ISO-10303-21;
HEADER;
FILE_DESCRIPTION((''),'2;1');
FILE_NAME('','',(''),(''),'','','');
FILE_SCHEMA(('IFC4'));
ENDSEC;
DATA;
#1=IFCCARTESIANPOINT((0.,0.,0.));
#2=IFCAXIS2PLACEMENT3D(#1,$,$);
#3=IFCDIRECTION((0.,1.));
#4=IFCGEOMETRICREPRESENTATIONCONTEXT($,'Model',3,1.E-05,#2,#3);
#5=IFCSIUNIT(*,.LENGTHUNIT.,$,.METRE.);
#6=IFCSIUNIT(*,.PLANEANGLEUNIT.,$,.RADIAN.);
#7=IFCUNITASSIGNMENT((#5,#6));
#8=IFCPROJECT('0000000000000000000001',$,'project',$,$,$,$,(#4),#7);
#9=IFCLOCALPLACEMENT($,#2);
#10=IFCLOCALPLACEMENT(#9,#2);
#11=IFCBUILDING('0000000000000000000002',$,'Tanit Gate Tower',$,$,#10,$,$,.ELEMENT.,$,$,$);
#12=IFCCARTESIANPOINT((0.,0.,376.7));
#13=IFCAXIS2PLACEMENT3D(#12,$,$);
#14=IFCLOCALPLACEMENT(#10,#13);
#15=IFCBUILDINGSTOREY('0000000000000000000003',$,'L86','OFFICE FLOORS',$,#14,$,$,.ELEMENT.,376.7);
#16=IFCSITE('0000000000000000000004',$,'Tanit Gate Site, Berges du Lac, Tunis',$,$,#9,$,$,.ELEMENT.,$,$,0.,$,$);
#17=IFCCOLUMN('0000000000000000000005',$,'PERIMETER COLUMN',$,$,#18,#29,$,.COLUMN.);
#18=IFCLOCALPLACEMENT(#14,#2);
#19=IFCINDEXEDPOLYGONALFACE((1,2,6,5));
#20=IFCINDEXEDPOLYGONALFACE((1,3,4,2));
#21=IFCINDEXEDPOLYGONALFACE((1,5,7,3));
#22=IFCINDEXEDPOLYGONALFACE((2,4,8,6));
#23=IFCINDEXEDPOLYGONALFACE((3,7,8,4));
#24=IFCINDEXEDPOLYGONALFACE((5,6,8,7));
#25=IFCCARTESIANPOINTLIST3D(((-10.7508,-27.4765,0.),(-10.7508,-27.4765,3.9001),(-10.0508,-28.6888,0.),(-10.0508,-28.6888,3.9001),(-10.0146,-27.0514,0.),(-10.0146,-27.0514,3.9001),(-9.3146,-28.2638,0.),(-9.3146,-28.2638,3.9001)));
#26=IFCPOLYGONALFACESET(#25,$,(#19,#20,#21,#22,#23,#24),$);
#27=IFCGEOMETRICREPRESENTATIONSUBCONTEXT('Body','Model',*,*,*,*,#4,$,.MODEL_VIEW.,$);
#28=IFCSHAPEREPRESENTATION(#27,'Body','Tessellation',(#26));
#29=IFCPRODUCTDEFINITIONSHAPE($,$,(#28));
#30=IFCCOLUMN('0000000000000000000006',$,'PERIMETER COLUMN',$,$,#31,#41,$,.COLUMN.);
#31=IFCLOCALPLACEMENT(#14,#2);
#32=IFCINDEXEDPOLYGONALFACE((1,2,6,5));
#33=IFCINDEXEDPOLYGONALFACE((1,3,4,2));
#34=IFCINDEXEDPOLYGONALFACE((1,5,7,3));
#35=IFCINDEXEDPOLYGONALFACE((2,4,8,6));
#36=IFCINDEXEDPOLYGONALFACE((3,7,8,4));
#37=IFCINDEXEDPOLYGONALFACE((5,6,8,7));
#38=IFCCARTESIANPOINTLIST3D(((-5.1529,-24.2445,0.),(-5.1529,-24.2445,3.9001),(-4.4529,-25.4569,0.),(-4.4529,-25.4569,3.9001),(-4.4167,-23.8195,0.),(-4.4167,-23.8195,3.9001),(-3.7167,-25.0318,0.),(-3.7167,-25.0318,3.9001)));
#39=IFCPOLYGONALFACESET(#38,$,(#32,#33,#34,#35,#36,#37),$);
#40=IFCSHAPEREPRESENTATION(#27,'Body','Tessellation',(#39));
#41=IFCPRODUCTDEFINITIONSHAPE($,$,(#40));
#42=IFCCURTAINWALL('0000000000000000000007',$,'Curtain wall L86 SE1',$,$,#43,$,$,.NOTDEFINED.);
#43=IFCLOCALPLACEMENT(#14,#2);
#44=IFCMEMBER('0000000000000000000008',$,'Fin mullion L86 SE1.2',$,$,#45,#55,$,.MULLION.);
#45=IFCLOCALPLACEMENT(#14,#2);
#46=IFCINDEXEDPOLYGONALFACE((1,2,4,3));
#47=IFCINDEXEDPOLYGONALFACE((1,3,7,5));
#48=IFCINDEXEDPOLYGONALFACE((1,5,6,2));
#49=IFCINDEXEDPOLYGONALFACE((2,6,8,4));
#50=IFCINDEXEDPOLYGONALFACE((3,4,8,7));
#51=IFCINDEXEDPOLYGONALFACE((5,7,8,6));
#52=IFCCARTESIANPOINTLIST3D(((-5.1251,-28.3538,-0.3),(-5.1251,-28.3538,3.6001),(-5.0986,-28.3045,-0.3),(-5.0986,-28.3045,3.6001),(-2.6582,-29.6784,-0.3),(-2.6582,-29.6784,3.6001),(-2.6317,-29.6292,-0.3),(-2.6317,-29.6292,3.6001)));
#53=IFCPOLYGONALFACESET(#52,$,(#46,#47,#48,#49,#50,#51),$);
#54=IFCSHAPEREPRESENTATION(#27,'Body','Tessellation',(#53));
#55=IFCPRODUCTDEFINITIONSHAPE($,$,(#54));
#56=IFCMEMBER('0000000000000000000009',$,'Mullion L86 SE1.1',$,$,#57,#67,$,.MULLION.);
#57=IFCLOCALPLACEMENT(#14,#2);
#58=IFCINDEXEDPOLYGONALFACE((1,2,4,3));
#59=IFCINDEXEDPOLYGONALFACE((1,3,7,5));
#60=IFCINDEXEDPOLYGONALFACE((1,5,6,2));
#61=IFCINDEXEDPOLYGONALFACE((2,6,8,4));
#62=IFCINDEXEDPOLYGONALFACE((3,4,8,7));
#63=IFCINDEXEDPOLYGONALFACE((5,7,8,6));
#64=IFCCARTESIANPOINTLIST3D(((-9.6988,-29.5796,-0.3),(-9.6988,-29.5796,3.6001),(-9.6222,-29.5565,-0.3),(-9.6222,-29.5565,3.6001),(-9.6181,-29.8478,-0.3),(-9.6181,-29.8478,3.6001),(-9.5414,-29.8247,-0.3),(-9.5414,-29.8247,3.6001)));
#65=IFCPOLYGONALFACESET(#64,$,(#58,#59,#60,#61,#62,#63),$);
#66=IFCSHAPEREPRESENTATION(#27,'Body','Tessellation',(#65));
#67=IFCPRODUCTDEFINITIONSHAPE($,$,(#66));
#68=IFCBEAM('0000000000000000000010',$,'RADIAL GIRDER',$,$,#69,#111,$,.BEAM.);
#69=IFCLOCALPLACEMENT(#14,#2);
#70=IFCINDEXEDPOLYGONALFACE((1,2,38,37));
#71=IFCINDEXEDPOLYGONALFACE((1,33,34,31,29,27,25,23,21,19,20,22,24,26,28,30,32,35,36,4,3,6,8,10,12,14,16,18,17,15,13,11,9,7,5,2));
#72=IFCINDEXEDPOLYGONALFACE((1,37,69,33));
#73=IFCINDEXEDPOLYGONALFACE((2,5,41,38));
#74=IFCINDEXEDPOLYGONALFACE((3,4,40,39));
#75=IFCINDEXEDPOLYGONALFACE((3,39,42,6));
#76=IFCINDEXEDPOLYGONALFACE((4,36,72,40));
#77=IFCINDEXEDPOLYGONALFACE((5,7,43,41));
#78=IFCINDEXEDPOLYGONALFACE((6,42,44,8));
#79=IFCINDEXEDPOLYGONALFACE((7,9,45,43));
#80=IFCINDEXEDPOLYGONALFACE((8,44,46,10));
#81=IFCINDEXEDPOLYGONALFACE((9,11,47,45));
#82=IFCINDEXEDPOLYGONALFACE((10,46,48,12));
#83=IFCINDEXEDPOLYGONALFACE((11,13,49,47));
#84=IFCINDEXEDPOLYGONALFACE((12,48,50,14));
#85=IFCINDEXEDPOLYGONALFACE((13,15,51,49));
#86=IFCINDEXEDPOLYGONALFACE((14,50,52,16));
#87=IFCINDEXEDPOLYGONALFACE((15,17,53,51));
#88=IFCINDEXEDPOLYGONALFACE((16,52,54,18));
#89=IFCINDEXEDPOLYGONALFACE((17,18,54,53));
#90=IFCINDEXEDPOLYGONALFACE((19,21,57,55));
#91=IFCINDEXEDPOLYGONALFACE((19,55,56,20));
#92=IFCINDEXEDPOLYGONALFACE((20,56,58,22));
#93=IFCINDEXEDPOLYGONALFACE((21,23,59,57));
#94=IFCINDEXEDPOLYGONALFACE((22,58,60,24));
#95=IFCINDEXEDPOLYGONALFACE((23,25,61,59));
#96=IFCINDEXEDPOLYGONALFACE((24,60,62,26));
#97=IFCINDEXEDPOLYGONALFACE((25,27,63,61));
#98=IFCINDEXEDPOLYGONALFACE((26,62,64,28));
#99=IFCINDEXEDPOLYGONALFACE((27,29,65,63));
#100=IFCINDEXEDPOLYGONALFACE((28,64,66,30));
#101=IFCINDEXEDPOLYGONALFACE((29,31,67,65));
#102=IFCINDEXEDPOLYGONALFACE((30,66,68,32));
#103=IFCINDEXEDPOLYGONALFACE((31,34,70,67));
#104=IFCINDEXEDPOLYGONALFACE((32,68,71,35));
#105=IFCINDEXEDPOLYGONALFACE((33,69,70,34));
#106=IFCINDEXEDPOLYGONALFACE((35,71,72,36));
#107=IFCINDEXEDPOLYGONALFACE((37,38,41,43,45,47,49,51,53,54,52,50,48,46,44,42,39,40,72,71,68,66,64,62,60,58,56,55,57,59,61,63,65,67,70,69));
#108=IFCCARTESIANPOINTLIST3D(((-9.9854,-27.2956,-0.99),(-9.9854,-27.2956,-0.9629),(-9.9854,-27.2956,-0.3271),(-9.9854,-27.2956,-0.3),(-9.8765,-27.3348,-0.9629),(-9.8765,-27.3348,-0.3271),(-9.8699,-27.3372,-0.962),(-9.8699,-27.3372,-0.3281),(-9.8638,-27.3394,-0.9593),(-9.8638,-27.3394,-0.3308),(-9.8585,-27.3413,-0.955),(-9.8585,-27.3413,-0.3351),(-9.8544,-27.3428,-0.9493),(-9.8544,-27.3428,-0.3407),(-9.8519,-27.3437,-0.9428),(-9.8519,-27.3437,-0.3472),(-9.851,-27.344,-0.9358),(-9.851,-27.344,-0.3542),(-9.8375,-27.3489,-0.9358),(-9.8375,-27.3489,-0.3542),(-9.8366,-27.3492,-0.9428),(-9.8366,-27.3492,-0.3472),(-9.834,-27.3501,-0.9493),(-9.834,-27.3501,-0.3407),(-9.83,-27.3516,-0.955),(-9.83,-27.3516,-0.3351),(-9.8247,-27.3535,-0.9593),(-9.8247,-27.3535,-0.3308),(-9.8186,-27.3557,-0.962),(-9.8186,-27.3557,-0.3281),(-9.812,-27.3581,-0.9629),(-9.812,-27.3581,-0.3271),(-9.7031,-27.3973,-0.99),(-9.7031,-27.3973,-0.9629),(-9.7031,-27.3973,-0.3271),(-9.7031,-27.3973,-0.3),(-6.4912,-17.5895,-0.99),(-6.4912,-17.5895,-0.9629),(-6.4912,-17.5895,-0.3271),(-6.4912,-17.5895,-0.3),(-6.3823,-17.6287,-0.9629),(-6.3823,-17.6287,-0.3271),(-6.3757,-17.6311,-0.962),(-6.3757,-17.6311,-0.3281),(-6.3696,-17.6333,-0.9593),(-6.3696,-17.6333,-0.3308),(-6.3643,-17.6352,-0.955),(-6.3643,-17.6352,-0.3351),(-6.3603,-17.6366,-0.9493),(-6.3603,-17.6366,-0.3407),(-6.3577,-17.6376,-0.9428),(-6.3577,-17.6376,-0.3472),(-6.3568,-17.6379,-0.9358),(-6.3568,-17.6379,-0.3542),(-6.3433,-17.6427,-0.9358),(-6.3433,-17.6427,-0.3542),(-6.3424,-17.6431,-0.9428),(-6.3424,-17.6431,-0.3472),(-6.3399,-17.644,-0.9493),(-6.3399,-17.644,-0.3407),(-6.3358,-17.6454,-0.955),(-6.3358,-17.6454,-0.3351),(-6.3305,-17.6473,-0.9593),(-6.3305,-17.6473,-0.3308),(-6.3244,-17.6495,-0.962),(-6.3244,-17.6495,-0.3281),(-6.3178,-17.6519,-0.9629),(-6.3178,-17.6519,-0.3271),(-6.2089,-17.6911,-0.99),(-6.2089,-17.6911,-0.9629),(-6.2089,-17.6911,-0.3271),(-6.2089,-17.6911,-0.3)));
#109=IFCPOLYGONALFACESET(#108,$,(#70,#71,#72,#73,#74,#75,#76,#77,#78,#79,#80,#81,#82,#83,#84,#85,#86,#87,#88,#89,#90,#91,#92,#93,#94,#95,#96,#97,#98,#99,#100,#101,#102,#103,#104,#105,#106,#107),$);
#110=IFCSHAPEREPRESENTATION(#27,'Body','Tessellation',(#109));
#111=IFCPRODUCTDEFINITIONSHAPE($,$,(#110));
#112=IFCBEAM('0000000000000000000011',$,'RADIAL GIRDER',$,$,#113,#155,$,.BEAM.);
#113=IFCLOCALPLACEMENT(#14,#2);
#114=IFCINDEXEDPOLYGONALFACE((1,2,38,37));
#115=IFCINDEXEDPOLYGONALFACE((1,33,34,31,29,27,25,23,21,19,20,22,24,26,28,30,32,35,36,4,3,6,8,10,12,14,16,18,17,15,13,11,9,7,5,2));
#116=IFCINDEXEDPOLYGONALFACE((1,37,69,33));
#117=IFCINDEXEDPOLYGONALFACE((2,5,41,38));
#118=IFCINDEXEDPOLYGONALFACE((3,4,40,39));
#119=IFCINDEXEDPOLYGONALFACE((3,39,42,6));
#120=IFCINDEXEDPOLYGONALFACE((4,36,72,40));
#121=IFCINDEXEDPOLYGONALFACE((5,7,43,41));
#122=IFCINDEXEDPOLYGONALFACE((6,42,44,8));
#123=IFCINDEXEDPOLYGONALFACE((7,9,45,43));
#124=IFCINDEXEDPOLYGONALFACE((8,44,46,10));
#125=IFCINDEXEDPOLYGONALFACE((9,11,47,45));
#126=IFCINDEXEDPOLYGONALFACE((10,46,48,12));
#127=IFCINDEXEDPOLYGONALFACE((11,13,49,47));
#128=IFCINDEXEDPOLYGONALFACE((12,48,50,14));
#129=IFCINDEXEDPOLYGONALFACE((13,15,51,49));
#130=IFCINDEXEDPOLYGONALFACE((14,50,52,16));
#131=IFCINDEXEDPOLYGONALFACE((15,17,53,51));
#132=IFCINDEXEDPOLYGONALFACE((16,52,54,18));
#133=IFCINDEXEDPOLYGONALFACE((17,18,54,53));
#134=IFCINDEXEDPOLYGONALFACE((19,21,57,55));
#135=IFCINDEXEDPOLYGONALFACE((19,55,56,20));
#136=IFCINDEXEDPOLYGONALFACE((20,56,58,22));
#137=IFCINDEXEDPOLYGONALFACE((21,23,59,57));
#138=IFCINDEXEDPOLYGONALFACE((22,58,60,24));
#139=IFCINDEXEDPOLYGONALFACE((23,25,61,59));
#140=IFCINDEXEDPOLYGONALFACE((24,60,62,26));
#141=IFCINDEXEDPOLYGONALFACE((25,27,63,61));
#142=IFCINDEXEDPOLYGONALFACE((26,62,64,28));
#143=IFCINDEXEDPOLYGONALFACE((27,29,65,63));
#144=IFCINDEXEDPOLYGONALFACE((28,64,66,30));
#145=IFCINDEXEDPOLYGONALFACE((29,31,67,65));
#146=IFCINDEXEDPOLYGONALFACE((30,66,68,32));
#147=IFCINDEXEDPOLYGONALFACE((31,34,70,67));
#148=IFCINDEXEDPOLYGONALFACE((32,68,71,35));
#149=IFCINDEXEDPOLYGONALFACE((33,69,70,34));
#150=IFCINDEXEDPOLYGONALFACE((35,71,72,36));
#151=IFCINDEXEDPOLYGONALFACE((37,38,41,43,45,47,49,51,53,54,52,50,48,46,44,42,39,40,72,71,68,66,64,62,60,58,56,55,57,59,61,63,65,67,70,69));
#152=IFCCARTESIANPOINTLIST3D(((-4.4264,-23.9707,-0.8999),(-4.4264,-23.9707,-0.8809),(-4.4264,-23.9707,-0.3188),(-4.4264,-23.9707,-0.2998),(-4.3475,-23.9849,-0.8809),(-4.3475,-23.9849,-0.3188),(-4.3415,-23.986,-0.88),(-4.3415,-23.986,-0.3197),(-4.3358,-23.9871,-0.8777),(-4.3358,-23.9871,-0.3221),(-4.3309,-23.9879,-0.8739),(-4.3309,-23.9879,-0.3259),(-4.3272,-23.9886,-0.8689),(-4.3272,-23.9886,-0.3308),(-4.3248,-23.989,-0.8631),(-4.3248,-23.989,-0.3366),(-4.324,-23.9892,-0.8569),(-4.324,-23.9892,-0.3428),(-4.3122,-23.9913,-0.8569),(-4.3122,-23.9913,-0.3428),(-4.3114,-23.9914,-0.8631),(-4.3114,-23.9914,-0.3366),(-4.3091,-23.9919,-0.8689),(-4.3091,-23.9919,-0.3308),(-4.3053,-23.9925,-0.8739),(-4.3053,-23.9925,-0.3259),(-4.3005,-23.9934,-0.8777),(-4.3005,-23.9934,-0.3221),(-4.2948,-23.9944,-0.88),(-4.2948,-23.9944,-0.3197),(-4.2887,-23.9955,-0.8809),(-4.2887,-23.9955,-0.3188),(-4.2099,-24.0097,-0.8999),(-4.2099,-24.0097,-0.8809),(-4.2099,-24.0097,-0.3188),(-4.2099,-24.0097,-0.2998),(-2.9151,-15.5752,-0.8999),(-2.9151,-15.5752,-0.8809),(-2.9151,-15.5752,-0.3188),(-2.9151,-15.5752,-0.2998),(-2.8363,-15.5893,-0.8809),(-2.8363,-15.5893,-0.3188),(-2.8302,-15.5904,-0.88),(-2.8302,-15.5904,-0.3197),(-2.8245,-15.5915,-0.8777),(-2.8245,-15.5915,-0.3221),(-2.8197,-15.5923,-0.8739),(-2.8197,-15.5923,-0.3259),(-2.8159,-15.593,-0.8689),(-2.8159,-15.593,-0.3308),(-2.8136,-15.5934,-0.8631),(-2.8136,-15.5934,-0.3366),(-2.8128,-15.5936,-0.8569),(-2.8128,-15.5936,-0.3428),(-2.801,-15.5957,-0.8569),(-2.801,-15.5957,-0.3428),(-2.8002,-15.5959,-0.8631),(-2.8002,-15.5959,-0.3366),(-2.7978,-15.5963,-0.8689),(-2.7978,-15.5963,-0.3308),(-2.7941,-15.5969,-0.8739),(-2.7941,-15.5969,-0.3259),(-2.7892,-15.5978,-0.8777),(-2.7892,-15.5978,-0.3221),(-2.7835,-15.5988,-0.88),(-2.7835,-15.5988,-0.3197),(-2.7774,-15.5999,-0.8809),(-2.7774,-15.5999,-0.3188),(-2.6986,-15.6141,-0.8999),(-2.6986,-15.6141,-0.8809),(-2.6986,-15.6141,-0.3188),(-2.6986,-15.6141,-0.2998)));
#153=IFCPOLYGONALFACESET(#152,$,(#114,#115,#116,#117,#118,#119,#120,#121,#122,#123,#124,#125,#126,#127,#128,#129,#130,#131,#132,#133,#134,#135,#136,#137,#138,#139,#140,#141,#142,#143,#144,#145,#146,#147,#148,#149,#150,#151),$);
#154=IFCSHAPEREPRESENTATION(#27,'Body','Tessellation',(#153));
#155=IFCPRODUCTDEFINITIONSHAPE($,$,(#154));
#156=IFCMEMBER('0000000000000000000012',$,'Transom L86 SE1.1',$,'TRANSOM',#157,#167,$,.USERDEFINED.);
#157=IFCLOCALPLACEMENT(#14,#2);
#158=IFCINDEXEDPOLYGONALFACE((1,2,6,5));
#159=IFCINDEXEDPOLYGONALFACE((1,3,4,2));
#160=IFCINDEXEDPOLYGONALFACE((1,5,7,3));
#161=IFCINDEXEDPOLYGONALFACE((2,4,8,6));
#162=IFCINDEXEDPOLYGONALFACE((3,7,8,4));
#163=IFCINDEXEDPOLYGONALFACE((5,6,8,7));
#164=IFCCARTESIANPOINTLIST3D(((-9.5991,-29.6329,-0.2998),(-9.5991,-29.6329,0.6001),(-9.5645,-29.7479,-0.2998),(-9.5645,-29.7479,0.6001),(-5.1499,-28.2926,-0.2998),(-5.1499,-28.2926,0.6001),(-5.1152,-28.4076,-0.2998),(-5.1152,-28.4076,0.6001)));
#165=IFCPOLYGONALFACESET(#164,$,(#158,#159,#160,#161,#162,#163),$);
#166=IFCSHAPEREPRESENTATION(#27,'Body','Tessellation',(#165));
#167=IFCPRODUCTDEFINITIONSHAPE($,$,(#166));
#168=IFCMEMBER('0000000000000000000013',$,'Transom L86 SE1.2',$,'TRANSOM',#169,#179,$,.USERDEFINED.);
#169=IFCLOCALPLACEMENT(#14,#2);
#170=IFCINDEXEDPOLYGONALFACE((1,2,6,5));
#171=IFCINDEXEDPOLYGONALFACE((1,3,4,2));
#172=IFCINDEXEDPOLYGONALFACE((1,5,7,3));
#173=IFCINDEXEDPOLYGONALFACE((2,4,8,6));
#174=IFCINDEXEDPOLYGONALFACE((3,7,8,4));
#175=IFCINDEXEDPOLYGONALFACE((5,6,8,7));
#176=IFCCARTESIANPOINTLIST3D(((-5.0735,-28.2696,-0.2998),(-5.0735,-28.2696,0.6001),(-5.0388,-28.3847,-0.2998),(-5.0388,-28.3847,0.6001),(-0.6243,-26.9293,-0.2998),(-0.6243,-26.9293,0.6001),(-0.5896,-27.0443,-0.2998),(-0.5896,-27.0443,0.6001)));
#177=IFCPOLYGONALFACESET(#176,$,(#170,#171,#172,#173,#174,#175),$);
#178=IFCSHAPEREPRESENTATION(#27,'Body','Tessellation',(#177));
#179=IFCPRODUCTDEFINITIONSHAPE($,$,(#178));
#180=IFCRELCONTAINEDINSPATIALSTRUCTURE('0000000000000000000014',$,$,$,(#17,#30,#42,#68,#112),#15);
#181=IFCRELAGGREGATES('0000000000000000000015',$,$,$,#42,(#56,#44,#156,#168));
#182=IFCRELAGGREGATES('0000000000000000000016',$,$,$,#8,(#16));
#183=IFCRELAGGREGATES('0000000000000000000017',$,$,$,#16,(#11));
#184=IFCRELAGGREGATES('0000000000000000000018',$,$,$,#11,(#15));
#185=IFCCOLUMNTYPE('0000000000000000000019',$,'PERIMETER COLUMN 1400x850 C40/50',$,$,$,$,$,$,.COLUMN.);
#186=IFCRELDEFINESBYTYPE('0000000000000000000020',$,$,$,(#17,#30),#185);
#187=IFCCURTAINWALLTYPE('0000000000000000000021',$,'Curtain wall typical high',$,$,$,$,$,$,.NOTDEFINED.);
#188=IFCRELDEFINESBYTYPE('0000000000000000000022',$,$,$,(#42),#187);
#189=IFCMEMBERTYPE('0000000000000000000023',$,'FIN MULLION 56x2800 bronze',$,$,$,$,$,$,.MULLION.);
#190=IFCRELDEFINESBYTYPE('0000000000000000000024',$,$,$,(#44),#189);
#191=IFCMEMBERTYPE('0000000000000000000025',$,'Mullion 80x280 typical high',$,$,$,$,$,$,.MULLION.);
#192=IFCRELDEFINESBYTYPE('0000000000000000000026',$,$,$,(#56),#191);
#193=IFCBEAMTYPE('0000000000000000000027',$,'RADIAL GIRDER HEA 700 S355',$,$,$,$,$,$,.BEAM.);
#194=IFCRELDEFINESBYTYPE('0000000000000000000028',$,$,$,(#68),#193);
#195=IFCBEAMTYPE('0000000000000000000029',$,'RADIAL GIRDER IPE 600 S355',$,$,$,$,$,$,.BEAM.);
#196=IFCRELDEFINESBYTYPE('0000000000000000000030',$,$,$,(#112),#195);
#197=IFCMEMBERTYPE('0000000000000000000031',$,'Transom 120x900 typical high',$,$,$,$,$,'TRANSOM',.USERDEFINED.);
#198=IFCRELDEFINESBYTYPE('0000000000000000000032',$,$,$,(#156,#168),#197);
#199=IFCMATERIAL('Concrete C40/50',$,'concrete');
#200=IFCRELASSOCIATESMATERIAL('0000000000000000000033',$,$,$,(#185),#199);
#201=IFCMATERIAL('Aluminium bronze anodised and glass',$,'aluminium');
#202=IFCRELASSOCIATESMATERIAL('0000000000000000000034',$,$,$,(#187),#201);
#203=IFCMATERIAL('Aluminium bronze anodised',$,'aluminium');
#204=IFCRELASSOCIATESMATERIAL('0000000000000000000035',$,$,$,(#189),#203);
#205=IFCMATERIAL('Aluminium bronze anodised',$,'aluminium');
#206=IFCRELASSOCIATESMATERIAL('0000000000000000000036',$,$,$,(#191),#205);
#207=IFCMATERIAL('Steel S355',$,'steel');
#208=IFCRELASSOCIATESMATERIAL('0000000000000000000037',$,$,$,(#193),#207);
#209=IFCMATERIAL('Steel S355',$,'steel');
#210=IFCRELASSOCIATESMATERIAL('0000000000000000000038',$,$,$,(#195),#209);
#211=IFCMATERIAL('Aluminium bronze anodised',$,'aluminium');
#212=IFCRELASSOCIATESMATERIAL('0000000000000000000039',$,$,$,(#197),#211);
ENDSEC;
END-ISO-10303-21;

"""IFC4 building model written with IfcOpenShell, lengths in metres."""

from ifc_helpers import new_model, si_unit, direction, frame, origin, origin_2d, place, context, subcontext, project, spatial, rectangle, i_section, extrude, material, material_profile, profile_set, type_object, element, aggregate, save


model = new_model("IFC4")

# Units and contexts
model_context = context("Model", 3, precision=1e-05, world=origin(), true_north=direction((0.0, 1.0)))
body_context = subcontext(model_context, "Body", "Model", "MODEL_VIEW")
ifc_project = project(units=[si_unit("LENGTHUNIT", "METRE"), si_unit("PLANEANGLEUNIT", "RADIAN")], contexts=[model_context])

# Site, building, storey
site_placement = place(None, origin())
site = spatial("IfcSite", under=ifc_project, at=site_placement, Name="Tanit Gate Site, Berges du Lac, Tunis", CompositionType="ELEMENT", RefElevation=0.0)
building_placement = place(site_placement, origin())
building = spatial("IfcBuilding", under=site, at=building_placement, Name="Tanit Gate Tower", CompositionType="ELEMENT")
storey_placement = place(building_placement, frame((0.0, 0.0, 376.7)))
storey = spatial("IfcBuildingStorey", under=building, at=storey_placement, Name="L86", Description="OFFICE FLOORS", CompositionType="ELEMENT", Elevation=376.7)

# Columns
ifc_material_1 = material(Name="Concrete C40/50", Category="concrete")
ifc_material_profile_1 = material_profile(ifc_material_1, rectangle(XDim=1.3999, YDim=0.8501, at=origin_2d()), Name="RC 1400x850")
ifc_profile_set_1 = profile_set([ifc_material_profile_1], Name="Concrete C40/50")
column_type = type_object("IfcColumnType", Name="PERIMETER COLUMN 1400x850 C40/50", PredefinedType="COLUMN", material=ifc_profile_set_1)
for number, where, z_axis, x_axis, name in (
    (1, (-10.0327, -27.8701, 0.0), (0.0, 0.0, 1.0), (0.5, -0.866025, 0.0), "PERIMETER COLUMN"),
    (2, (-4.4348, -24.6382, 0.0), (0.0, 0.0, 1.0), (0.5, -0.866025, 0.0), "PERIMETER COLUMN"),
):
    element("IfcColumn", number, at=place(storey_placement, frame(where, z_axis=z_axis, x_axis=x_axis)), inside=storey, type_object=column_type, Name=name, PredefinedType="COLUMN", context=body_context, shape_type="SweptSolid", body=[
        extrude(rectangle(XDim=1.3999, YDim=0.8501, at=origin_2d()), origin(), (0.0, 0.0, 1.0), 3.9001),
    ])

# Curtain wall, members
ifc_material_2 = material(Name="Aluminium bronze anodised and glass", Category="aluminium")
curtain_wall_type = type_object("IfcCurtainWallType", Name="Curtain wall typical high", PredefinedType="NOTDEFINED", material=ifc_material_2)
curtain_wall_placement = place(storey_placement, origin())
curtain_wall = element("IfcCurtainWall", 3, at=curtain_wall_placement, inside=storey, type_object=curtain_wall_type, Name="Curtain wall L86 SE1", PredefinedType="NOTDEFINED")
ifc_material_3 = material(Name="Aluminium bronze anodised", Category="aluminium")
ifc_material_profile_2 = material_profile(ifc_material_3, rectangle(XDim=2.8, YDim=0.0559, at=origin_2d()), Name="56x2800 bronze fin mullion")
ifc_profile_set_2 = profile_set([ifc_material_profile_2], Name="Aluminium bronze anodised")
member_type_1 = type_object("IfcMemberType", Name="FIN MULLION 56x2800 bronze", PredefinedType="MULLION", material=ifc_profile_set_2)
member_1_placement = place(storey_placement, frame((-3.8784, -28.9915, -0.3), z_axis=(0.0, 0.0, 1.0), x_axis=(-0.881019, 0.47308, 0.0)))
member_1 = element("IfcMember", 4, at=member_1_placement, type_object=member_type_1, Name="Fin mullion L86 SE1.2", PredefinedType="MULLION", context=body_context, shape_type="SweptSolid", body=[
    extrude(rectangle(XDim=2.8, YDim=0.0559, at=origin_2d()), origin(), (0.0, 0.0, 1.0), 3.9001),
])
ifc_material_4 = material(Name="Aluminium bronze anodised", Category="aluminium")
ifc_material_profile_3 = material_profile(ifc_material_4, rectangle(XDim=0.28, YDim=0.0801, at=origin_2d()), Name="80x280 bronze mullion")
ifc_profile_set_3 = profile_set([ifc_material_profile_3], Name="Aluminium bronze anodised")
member_type_2 = type_object("IfcMemberType", Name="Mullion 80x280 typical high", PredefinedType="MULLION", material=ifc_profile_set_3)
member_2_placement = place(storey_placement, frame((-9.6201, -29.7021, -0.3), z_axis=(0.0, 0.0, 1.0), x_axis=(-0.288456, 0.957493, 0.0)))
member_2 = element("IfcMember", 5, at=member_2_placement, type_object=member_type_2, Name="Mullion L86 SE1.1", PredefinedType="MULLION", context=body_context, shape_type="SweptSolid", body=[
    extrude(rectangle(XDim=0.28, YDim=0.0801, at=origin_2d()), origin(), (0.0, 0.0, 1.0), 3.9001),
])

# Beams
ifc_material_5 = material(Name="Steel S355", Category="steel")
ifc_material_profile_4 = material_profile(ifc_material_5, i_section(OverallWidth=0.3, OverallDepth=0.6899, WebThickness=0.0144, FlangeThickness=0.0271, FilletRadius=0.0271, at=origin_2d()), Name="HEA 700")
ifc_profile_set_4 = profile_set([ifc_material_profile_4], Name="Steel S355")
beam_type_1 = type_object("IfcBeamType", Name="RADIAL GIRDER HEA 700 S355", PredefinedType="BEAM", material=ifc_profile_set_4)
beam_1_placement = place(storey_placement, frame((-9.8442, -27.3464, -0.645), z_axis=(0.338716, 0.940889, 0.0), x_axis=(-0.940889, 0.338716, 0.0)))
element("IfcBeam", 6, at=beam_1_placement, inside=storey, type_object=beam_type_1, Name="RADIAL GIRDER", PredefinedType="BEAM", context=body_context, shape_type="SweptSolid", body=[
    extrude(i_section(OverallWidth=0.3, OverallDepth=0.6899, WebThickness=0.0144, FlangeThickness=0.0271, FilletRadius=0.0271, at=origin_2d()), origin(), (0.0, 0.0, 1.0), 10.3159),
])
ifc_material_6 = material(Name="Steel S355", Category="steel")
ifc_material_profile_5 = material_profile(ifc_material_6, i_section(OverallWidth=0.22, OverallDepth=0.6001, WebThickness=0.012, FlangeThickness=0.019, FilletRadius=0.0239, at=origin_2d()), Name="IPE 600")
ifc_profile_set_5 = profile_set([ifc_material_profile_5], Name="Steel S355")
beam_type_2 = type_object("IfcBeamType", Name="RADIAL GIRDER IPE 600 S355", PredefinedType="BEAM", material=ifc_profile_set_5)
beam_2_placement = place(storey_placement, frame((-4.3181, -23.9902, -0.5999), z_axis=(0.177157, 0.984183, 0.0), x_axis=(-0.984183, 0.177157, 0.0)))
element("IfcBeam", 7, at=beam_2_placement, inside=storey, type_object=beam_type_2, Name="RADIAL GIRDER", PredefinedType="BEAM", context=body_context, shape_type="SweptSolid", body=[
    extrude(i_section(OverallWidth=0.22, OverallDepth=0.6001, WebThickness=0.012, FlangeThickness=0.019, FilletRadius=0.0239, at=origin_2d()), origin(), (0.0, 0.0, 1.0), 8.5305),
])

# Members
ifc_material_7 = material(Name="Aluminium bronze anodised", Category="aluminium")
ifc_material_profile_6 = material_profile(ifc_material_7, rectangle(XDim=0.1201, YDim=0.8999, at=origin_2d()), Name="120x900 bronze transom")
ifc_profile_set_6 = profile_set([ifc_material_profile_6], Name="Aluminium bronze anodised")
member_type_3 = type_object("IfcMemberType", Name="Transom 120x900 typical high", ElementType="TRANSOM", PredefinedType="USERDEFINED", material=ifc_profile_set_6)
member_3_placement = place(storey_placement, frame((-9.5818, -29.6904, 0.1501), z_axis=(0.957496, 0.288447, 0.0), x_axis=(-0.288447, 0.957496, 0.0)))
member_3 = element("IfcMember", 8, at=member_3_placement, type_object=member_type_3, Name="Transom L86 SE1.1", ObjectType="TRANSOM", PredefinedType="USERDEFINED", context=body_context, shape_type="SweptSolid", body=[
    extrude(rectangle(XDim=0.1201, YDim=0.8999, at=origin_2d()), origin(), (0.0, 0.0, 1.0), 4.6467),
])
member_4_placement = place(storey_placement, frame((-5.0562, -28.3271, 0.1501), z_axis=(0.957496, 0.288447, 0.0), x_axis=(-0.288447, 0.957496, 0.0)))
member_4 = element("IfcMember", 9, at=member_4_placement, type_object=member_type_3, Name="Transom L86 SE1.2", ObjectType="TRANSOM", PredefinedType="USERDEFINED", context=body_context, shape_type="SweptSolid", body=[
    extrude(rectangle(XDim=0.1201, YDim=0.8999, at=origin_2d()), origin(), (0.0, 0.0, 1.0), 4.6467),
])

aggregate(curtain_wall, [member_2, member_1, member_3, member_4])

save(model, "model.ifc")
